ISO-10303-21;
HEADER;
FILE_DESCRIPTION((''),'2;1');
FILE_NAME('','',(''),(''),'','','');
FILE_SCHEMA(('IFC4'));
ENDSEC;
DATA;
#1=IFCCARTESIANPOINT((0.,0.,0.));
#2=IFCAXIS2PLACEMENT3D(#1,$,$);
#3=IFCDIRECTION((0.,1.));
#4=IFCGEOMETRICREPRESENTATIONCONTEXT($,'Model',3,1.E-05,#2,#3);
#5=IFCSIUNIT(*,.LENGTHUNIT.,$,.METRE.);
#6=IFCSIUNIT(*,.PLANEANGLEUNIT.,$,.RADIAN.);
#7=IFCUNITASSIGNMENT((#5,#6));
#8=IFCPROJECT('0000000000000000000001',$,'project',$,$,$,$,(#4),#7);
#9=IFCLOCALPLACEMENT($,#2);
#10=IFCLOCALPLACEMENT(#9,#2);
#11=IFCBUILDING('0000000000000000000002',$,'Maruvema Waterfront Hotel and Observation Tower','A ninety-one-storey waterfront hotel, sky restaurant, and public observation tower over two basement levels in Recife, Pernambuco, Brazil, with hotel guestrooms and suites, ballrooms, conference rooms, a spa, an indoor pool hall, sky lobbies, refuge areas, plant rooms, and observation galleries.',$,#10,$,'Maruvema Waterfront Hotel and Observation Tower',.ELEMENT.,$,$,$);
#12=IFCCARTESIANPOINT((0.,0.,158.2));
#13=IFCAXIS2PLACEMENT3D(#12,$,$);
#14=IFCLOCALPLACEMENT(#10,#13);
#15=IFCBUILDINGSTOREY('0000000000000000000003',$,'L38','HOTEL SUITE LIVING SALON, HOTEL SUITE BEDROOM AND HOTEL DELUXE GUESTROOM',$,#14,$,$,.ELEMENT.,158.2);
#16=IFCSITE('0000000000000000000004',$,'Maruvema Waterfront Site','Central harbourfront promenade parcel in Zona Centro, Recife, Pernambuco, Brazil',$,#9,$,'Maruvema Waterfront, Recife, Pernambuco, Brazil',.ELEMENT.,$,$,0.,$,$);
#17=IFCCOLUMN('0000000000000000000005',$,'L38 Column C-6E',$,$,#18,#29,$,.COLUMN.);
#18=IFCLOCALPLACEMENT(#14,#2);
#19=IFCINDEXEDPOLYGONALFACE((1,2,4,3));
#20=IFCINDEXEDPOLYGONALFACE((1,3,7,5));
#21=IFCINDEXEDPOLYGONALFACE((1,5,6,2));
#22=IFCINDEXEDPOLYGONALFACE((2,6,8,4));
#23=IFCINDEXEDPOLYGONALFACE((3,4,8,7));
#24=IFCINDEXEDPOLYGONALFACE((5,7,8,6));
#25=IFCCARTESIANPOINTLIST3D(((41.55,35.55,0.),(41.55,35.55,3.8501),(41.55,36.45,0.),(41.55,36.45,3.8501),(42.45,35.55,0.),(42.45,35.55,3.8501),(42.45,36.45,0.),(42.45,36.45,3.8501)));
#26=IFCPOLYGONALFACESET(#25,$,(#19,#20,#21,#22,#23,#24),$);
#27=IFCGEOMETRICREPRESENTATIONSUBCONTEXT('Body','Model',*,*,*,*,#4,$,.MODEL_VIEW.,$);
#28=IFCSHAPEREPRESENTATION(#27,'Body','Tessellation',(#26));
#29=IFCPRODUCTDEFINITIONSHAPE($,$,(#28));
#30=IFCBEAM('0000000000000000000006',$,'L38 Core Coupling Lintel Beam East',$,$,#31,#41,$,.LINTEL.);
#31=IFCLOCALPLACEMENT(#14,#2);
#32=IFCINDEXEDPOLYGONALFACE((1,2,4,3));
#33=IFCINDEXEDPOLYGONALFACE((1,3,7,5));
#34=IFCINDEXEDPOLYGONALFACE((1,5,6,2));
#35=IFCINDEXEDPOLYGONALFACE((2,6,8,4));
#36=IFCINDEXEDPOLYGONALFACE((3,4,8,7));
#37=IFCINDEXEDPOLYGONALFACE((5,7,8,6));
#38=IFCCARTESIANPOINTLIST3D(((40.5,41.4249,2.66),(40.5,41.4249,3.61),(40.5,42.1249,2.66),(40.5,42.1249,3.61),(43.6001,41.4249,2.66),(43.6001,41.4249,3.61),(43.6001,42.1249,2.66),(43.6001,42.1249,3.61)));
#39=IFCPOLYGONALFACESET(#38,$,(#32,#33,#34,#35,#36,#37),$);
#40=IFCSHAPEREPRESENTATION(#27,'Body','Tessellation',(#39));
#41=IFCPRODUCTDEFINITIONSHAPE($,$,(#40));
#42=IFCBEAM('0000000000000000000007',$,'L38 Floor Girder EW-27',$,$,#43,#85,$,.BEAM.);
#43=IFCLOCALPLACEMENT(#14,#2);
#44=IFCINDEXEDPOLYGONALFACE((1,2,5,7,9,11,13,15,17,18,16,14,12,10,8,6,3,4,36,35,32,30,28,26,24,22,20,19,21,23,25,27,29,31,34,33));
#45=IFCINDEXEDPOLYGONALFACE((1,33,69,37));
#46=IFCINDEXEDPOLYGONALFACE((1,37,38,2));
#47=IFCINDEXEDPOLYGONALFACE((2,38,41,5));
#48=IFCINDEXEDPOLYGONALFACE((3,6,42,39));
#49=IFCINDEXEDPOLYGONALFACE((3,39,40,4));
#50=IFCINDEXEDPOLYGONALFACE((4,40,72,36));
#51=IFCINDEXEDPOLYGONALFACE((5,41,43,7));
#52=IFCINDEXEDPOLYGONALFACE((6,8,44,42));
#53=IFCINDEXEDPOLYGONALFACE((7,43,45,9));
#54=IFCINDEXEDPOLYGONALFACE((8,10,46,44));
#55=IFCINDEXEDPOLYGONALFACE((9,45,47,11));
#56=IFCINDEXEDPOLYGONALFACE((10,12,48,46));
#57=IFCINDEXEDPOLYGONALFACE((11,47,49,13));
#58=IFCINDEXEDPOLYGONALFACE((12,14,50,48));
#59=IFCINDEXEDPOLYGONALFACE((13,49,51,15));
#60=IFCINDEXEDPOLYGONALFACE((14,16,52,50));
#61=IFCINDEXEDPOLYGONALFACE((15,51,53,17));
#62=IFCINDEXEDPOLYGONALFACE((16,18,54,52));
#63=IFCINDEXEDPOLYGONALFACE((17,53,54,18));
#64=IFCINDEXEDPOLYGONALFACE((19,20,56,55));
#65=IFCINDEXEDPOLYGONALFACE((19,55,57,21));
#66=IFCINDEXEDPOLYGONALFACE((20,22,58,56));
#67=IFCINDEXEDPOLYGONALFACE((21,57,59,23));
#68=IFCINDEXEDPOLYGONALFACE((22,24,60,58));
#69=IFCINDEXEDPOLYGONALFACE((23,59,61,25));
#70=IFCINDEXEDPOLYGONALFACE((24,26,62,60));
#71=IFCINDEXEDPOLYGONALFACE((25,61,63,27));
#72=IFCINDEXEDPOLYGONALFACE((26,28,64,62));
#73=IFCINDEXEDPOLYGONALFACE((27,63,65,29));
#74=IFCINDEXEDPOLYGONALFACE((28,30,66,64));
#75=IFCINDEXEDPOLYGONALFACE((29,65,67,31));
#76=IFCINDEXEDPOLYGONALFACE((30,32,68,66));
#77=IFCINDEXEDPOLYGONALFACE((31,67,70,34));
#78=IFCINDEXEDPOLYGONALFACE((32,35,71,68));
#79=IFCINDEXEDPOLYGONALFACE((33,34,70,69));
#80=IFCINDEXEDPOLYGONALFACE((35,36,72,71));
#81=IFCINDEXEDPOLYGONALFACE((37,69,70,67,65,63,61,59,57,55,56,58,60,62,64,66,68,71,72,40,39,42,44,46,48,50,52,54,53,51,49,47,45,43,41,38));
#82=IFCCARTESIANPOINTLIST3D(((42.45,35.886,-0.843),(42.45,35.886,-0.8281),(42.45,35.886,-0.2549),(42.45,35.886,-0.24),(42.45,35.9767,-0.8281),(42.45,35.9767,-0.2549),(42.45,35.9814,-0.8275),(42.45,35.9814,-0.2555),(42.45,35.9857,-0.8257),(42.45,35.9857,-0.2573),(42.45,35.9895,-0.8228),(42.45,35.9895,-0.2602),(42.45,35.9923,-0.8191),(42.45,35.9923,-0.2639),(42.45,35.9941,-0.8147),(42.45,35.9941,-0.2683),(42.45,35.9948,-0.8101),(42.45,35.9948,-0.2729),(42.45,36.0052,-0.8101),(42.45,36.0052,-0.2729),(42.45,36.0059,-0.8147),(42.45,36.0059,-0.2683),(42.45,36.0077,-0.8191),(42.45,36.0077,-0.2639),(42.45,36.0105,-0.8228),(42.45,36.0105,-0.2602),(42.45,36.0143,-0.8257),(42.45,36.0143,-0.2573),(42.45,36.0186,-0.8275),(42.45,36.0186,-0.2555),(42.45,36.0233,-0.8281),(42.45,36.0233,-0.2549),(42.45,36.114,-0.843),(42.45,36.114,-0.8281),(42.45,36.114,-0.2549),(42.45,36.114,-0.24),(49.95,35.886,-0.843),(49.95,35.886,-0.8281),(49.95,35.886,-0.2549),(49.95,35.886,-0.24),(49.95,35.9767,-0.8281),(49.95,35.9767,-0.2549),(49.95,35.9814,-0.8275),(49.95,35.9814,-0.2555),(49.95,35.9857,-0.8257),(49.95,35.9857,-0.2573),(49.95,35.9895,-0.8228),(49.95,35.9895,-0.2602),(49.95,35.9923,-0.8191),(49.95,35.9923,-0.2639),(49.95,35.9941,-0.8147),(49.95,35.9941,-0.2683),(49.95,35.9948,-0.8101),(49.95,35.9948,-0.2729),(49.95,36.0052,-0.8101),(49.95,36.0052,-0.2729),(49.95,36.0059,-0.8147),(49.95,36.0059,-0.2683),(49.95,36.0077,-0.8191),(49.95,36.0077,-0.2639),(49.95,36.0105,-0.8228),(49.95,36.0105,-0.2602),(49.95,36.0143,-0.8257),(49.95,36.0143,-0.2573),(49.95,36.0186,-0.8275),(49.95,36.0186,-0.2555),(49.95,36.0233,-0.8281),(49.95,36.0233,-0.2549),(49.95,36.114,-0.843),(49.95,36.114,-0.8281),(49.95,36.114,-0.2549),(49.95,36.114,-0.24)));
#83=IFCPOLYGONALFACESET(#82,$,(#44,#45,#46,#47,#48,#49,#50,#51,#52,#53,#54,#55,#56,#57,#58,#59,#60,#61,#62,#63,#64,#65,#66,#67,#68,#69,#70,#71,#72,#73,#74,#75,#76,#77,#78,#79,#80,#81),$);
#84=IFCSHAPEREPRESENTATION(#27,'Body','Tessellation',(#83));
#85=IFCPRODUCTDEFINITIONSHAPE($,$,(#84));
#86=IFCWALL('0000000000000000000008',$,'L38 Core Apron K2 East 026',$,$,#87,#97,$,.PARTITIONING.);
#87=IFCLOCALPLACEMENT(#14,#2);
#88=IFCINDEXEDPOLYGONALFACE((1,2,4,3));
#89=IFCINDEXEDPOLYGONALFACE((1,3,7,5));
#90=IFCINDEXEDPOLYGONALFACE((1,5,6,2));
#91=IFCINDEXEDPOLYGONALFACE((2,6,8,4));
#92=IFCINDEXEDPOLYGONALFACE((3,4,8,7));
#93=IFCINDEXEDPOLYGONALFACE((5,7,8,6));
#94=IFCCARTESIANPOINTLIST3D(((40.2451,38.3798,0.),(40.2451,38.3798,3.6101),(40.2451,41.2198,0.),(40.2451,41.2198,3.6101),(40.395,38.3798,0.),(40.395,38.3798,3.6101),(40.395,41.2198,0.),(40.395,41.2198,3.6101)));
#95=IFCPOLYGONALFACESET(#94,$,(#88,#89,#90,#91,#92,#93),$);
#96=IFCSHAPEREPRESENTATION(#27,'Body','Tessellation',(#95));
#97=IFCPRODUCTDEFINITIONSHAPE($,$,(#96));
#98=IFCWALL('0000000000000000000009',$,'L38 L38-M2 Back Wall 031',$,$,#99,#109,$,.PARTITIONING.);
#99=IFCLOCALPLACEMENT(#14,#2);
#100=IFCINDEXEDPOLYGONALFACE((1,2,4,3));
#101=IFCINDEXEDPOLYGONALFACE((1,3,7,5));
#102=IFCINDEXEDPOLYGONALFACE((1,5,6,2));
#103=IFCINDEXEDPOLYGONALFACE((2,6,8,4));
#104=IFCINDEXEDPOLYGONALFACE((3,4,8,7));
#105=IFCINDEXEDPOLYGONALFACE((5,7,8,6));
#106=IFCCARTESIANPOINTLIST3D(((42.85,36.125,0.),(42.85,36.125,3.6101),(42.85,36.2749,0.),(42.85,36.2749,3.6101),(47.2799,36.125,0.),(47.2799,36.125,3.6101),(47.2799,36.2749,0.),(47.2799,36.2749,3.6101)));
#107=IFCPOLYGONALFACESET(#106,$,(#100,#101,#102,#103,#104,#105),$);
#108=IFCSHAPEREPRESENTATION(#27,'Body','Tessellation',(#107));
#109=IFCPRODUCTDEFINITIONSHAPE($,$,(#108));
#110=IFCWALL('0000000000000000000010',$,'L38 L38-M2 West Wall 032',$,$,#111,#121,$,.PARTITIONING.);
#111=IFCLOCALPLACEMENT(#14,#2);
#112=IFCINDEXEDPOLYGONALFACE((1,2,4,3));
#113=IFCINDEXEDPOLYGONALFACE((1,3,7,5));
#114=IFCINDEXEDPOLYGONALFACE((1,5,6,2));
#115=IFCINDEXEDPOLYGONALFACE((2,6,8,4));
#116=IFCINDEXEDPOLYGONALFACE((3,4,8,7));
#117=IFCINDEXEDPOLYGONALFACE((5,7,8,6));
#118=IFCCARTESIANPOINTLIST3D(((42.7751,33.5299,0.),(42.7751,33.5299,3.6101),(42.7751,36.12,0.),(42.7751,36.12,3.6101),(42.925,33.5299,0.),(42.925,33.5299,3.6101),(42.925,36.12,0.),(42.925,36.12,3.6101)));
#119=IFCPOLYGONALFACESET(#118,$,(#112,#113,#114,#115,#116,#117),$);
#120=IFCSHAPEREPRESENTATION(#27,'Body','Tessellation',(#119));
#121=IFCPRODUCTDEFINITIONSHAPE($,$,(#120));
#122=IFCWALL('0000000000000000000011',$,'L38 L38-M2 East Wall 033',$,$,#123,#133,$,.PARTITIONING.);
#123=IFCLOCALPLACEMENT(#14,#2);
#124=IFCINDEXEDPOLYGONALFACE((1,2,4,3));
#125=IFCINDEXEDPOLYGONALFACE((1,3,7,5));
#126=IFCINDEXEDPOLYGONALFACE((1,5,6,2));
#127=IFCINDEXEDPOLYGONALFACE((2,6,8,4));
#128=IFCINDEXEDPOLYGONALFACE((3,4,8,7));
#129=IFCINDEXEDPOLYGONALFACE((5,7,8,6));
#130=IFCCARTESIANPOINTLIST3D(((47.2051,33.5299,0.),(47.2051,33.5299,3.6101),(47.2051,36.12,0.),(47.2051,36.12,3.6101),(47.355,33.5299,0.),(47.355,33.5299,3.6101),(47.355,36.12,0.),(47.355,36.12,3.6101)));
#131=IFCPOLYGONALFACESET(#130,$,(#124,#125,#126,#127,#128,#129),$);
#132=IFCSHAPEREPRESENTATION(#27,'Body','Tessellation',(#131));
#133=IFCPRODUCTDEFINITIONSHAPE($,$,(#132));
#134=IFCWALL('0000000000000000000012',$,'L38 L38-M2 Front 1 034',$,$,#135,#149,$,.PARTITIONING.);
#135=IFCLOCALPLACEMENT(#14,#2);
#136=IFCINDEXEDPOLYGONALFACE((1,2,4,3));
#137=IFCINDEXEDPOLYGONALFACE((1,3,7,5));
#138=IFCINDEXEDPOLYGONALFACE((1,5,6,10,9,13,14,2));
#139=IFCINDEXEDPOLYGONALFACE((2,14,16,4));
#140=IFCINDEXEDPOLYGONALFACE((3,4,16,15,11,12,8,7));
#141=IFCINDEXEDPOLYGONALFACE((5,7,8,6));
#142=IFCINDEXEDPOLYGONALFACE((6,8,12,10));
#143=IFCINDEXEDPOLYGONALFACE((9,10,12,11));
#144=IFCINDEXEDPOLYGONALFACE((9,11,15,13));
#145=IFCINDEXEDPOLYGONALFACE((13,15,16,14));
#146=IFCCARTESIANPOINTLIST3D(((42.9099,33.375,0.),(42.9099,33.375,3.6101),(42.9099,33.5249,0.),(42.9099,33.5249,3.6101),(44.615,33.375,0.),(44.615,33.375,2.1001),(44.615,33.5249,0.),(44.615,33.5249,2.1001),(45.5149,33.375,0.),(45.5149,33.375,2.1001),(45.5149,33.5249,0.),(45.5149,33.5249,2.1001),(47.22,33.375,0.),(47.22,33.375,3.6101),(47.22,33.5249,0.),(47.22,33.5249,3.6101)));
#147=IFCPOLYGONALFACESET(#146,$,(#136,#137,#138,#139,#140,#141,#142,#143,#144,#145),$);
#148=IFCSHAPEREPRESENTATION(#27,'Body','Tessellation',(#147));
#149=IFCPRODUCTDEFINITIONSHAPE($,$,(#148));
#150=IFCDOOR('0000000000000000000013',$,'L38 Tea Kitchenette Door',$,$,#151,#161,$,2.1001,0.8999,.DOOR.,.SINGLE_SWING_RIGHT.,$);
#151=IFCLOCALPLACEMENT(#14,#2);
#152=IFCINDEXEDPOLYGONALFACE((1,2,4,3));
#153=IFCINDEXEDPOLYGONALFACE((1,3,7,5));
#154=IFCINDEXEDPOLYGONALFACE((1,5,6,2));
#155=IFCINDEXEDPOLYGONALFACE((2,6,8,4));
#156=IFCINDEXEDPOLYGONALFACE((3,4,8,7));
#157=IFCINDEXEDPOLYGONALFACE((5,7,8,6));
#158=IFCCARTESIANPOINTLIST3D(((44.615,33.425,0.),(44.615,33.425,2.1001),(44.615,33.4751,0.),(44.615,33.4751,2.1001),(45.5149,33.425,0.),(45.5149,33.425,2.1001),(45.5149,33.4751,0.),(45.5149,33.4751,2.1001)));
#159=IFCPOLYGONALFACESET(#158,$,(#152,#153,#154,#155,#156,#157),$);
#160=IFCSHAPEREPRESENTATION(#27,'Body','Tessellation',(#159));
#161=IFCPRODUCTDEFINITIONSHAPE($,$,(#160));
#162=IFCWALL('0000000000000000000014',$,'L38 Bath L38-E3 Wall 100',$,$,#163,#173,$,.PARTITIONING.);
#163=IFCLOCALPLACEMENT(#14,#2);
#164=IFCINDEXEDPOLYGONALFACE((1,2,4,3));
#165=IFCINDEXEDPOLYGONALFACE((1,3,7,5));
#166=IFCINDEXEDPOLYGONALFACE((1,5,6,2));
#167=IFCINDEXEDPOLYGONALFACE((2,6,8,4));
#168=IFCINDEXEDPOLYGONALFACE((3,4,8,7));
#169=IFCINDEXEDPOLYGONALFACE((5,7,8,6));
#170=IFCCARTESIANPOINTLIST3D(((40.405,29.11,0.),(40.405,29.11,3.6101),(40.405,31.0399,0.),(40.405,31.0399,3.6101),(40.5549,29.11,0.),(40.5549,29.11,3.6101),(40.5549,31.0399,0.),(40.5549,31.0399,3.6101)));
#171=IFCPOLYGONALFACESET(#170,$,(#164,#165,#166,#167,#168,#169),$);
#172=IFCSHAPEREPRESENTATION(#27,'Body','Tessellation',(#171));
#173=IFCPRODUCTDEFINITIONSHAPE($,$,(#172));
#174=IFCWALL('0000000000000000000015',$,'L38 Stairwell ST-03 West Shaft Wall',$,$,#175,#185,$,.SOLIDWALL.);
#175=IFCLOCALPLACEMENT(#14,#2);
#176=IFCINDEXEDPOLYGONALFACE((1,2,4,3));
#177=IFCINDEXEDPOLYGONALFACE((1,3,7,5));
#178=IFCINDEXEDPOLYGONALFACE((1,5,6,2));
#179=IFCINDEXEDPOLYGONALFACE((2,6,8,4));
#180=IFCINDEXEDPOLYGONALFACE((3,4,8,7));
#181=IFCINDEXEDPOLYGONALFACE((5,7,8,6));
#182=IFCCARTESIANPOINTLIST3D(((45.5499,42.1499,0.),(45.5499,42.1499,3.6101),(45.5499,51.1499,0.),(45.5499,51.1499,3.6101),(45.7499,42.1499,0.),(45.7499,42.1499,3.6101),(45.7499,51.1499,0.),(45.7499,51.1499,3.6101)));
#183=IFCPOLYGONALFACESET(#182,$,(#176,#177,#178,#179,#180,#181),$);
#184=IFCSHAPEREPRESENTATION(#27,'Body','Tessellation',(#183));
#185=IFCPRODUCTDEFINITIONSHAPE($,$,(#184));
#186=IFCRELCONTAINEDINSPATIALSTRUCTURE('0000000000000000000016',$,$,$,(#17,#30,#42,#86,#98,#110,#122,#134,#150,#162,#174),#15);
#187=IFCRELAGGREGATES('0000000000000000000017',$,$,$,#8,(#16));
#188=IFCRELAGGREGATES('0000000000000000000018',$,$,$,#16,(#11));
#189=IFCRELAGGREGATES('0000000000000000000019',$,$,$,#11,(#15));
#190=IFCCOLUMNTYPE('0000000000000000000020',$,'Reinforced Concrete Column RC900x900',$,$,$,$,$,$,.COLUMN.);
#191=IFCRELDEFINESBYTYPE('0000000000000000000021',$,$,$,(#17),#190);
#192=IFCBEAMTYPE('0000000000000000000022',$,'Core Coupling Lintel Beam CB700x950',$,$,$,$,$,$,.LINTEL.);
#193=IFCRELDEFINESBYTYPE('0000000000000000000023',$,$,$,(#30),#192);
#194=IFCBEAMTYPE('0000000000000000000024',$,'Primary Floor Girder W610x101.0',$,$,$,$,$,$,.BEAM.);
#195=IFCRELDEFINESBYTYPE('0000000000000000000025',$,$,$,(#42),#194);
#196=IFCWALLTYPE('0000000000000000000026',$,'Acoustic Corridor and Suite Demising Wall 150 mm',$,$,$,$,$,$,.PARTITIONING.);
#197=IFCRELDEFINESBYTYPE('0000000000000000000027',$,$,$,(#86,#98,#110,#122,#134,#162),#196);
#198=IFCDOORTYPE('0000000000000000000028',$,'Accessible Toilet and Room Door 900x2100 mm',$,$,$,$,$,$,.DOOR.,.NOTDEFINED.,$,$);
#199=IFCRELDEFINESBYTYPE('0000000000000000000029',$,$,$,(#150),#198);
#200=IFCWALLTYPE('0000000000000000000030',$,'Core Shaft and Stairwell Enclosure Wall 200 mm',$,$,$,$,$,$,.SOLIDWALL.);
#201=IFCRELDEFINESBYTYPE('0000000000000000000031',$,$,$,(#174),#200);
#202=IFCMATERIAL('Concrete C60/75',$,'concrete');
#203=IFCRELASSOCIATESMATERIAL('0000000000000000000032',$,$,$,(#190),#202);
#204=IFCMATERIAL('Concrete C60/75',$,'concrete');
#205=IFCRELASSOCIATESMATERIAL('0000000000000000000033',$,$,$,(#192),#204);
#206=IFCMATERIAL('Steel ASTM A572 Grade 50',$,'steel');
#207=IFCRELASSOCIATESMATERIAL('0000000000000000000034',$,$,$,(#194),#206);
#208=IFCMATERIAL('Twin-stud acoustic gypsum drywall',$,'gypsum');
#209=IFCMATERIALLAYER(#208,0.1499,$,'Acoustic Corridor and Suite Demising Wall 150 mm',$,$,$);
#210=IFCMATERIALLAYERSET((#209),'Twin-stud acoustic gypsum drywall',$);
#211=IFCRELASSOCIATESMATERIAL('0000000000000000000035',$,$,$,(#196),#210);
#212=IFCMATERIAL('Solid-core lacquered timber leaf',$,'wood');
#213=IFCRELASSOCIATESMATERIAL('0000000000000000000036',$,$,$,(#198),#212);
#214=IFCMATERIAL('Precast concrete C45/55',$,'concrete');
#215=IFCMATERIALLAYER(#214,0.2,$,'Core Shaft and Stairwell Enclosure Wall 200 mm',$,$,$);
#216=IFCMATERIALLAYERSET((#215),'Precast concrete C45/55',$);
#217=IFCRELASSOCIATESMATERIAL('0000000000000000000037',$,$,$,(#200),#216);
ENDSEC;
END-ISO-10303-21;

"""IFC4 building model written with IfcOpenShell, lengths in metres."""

from ifc_helpers import new_model, si_unit, direction, frame, frame_2d, origin, origin_2d, place, context, subcontext, project, spatial, rectangle, i_section, extrude, material, layer, layer_set, material_profile, profile_set, type_object, element, fill, save


model = new_model("IFC4")

# Units and contexts
model_context = context("Model", 3, precision=1e-05, world=origin(), true_north=direction((0.0, 1.0)))
body_context = subcontext(model_context, "Body", "Model", "MODEL_VIEW")
ifc_project = project(units=[si_unit("LENGTHUNIT", "METRE"), si_unit("PLANEANGLEUNIT", "RADIAN")], contexts=[model_context])

# Site, building, storey
site_placement = place(None, origin())
site = spatial("IfcSite", under=ifc_project, at=site_placement, Name="Maruvema Waterfront Site", Description="Central harbourfront promenade parcel in Zona Centro, Recife, Pernambuco, Brazil", LongName="Maruvema Waterfront, Recife, Pernambuco, Brazil", CompositionType="ELEMENT", RefElevation=0.0)
building_placement = place(site_placement, origin())
building = spatial("IfcBuilding", under=site, at=building_placement, Name="Maruvema Waterfront Hotel and Observation Tower", Description="A ninety-one-storey waterfront hotel, sky restaurant, and public observation tower over two basement levels in Recife, Pernambuco, Brazil, with hotel guestrooms and suites, ballrooms, conference rooms, a spa, an indoor pool hall, sky lobbies, refuge areas, plant rooms, and observation galleries.", LongName="Maruvema Waterfront Hotel and Observation Tower", CompositionType="ELEMENT")
storey_placement = place(building_placement, frame((0.0, 0.0, 158.2)))
storey = spatial("IfcBuildingStorey", under=building, at=storey_placement, Name="L38", Description="HOTEL SUITE LIVING SALON, HOTEL SUITE BEDROOM AND HOTEL DELUXE GUESTROOM", CompositionType="ELEMENT", Elevation=158.2)

# Column
ifc_material_1 = material(Name="Concrete C60/75", Category="concrete")
ifc_material_profile_1 = material_profile(ifc_material_1, rectangle(XDim=0.8999, YDim=0.8999, at=origin_2d()), Name="RC900x900")
ifc_profile_set_1 = profile_set([ifc_material_profile_1], Name="Concrete C60/75")
column_type = type_object("IfcColumnType", Name="Reinforced Concrete Column RC900x900", PredefinedType="COLUMN", material=ifc_profile_set_1)
column_placement = place(storey_placement, frame((42.0, 36.0, 0.0), z_axis=(0.0, 0.0, 1.0), x_axis=(1.0, 0.0, 0.0)))
element("IfcColumn", 1, at=column_placement, inside=storey, type_object=column_type, Name="L38 Column C-6E", PredefinedType="COLUMN", context=body_context, shape_type="SweptSolid", body=[
    extrude(rectangle(XDim=0.8999, YDim=0.8999, at=origin_2d()), origin(), (0.0, 0.0, 1.0), 3.8501),
])

# Beams
ifc_material_2 = material(Name="Concrete C60/75", Category="concrete")
ifc_material_profile_2 = material_profile(ifc_material_2, rectangle(XDim=0.7, YDim=0.95, at=origin_2d()), Name="CB700x950")
ifc_profile_set_2 = profile_set([ifc_material_profile_2], Name="Concrete C60/75")
beam_type_1 = type_object("IfcBeamType", Name="Core Coupling Lintel Beam CB700x950", PredefinedType="LINTEL", material=ifc_profile_set_2)
beam_1_placement = place(storey_placement, frame((40.5, 41.7749, 3.135), z_axis=(1.0, 0.0, 0.0), x_axis=(0.0, 1.0, 0.0)))
element("IfcBeam", 2, at=beam_1_placement, inside=storey, type_object=beam_type_1, Name="L38 Core Coupling Lintel Beam East", PredefinedType="LINTEL", context=body_context, shape_type="SweptSolid", body=[
    extrude(rectangle(XDim=0.7, YDim=0.95, at=origin_2d()), origin(), (0.0, 0.0, 1.0), 3.1001),
])
ifc_material_3 = material(Name="Steel ASTM A572 Grade 50", Category="steel")
ifc_material_profile_3 = material_profile(ifc_material_3, i_section(OverallWidth=0.228, OverallDepth=0.603, WebThickness=0.0105, FlangeThickness=0.0149, FilletRadius=0.0181, at=origin_2d()), Name="W610x101.0")
ifc_profile_set_3 = profile_set([ifc_material_profile_3], Name="Steel ASTM A572 Grade 50")
beam_type_2 = type_object("IfcBeamType", Name="Primary Floor Girder W610x101.0", PredefinedType="BEAM", material=ifc_profile_set_3)
beam_2_placement = place(storey_placement, frame((42.45, 36.0, -0.5415), z_axis=(1.0, 0.0, 0.0), x_axis=(0.0, 1.0, 0.0)))
element("IfcBeam", 3, at=beam_2_placement, inside=storey, type_object=beam_type_2, Name="L38 Floor Girder EW-27", PredefinedType="BEAM", context=body_context, shape_type="SweptSolid", body=[
    extrude(i_section(OverallWidth=0.228, OverallDepth=0.603, WebThickness=0.0105, FlangeThickness=0.0149, FilletRadius=0.0181, at=origin_2d()), origin(), (0.0, 0.0, 1.0), 7.5),
])

# Walls
ifc_material_4 = material(Name="Twin-stud acoustic gypsum drywall", Category="gypsum")
ifc_layer_1 = layer(ifc_material_4, 0.1499, Name="Acoustic Corridor and Suite Demising Wall 150 mm")
ifc_layer_set_1 = layer_set([ifc_layer_1], Name="Twin-stud acoustic gypsum drywall")
wall_type_1 = type_object("IfcWallType", Name="Acoustic Corridor and Suite Demising Wall 150 mm", PredefinedType="PARTITIONING", material=ifc_layer_set_1)
wall_1_placement = place(storey_placement, frame((40.3201, 38.3799, 0.0), z_axis=(0.0, 0.0, 1.0), x_axis=(0.0, 1.0, 0.0)))
element("IfcWall", 4, at=wall_1_placement, inside=storey, type_object=wall_type_1, Name="L38 Core Apron K2 East 026", PredefinedType="PARTITIONING", context=body_context, shape_type="SweptSolid", body=[
    extrude(rectangle(XDim=2.8401, YDim=0.1499, at=frame_2d((1.4199, 0.0))), origin(), (0.0, 0.0, 1.0), 3.6101),
])
wall_2_placement = place(storey_placement, frame((42.8501, 36.2, 0.0), z_axis=(0.0, 0.0, 1.0), x_axis=(1.0, 0.0, 0.0)))
element("IfcWall", 5, at=wall_2_placement, inside=storey, type_object=wall_type_1, Name="L38 L38-M2 Back Wall 031", PredefinedType="PARTITIONING", context=body_context, shape_type="SweptSolid", body=[
    extrude(rectangle(XDim=4.4299, YDim=0.1499, at=frame_2d((2.2148, 0.0))), origin(), (0.0, 0.0, 1.0), 3.6101),
])
for number, where, z_axis, x_axis, name in (
    (6, (42.8501, 33.53, 0.0), (0.0, 0.0, 1.0), (0.0, 1.0, 0.0), "L38 L38-M2 West Wall 032"),
    (7, (47.28, 33.53, 0.0), (0.0, 0.0, 1.0), (0.0, 1.0, 0.0), "L38 L38-M2 East Wall 033"),
):
    element("IfcWall", number, at=place(storey_placement, frame(where, z_axis=z_axis, x_axis=x_axis)), inside=storey, type_object=wall_type_1, Name=name, PredefinedType="PARTITIONING", context=body_context, shape_type="SweptSolid", body=[
        extrude(rectangle(XDim=2.5901, YDim=0.1499, at=frame_2d((1.2949, 0.0))), origin(), (0.0, 0.0, 1.0), 3.6101),
    ])

# Wall, opening, door
wall_3_placement = place(storey_placement, frame((42.9099, 33.45, 0.0), z_axis=(0.0, 0.0, 1.0), x_axis=(1.0, 0.0, 0.0)))
wall_3 = element("IfcWall", 8, at=wall_3_placement, inside=storey, type_object=wall_type_1, Name="L38 L38-M2 Front 1 034", PredefinedType="PARTITIONING", context=body_context, shape_type="SweptSolid", body=[
    extrude(rectangle(XDim=4.3101, YDim=0.1499, at=frame_2d((2.155, 0.0))), origin(), (0.0, 0.0, 1.0), 3.6101),
])
opening_1_placement = place(wall_3_placement, frame((1.7051, 0.0, 0.0)))
opening_1 = element("IfcOpeningElement", 9, at=opening_1_placement, cuts=wall_3, PredefinedType="OPENING", context=body_context, shape_type="SweptSolid", body=[
    extrude(rectangle(XDim=0.8999, YDim=2.1001, at=frame_2d((0.45, 1.05))), frame((0.0, 0.085, 0.0), z_axis=(0.0, -1.0, 0.0), x_axis=(1.0, 0.0, 0.0)), (0.0, 0.0, 1.0), 0.1699),
])
ifc_material_5 = material(Name="Solid-core lacquered timber leaf", Category="wood")
door_type_1 = type_object("IfcDoorType", Name="Accessible Toilet and Room Door 900x2100 mm", OperationType="NOTDEFINED", PredefinedType="DOOR", material=ifc_material_5)
door_1_placement = place(opening_1_placement, frame((0.8999, 0.0, 0.0), z_axis=(0.0, 0.0, 1.0), x_axis=(-1.0, 0.0, 0.0)))
door_1 = element("IfcDoor", 10, at=door_1_placement, inside=storey, type_object=door_type_1, Name="L38 Tea Kitchenette Door", OperationType="SINGLE_SWING_RIGHT", OverallHeight=2.1001, OverallWidth=0.8999, PredefinedType="DOOR", context=body_context, shape_type="SweptSolid", body=[
    extrude(rectangle(XDim=0.8999, YDim=2.1001, at=frame_2d((0.45, 1.05))), frame((0.0, 0.0249, 0.0), z_axis=(0.0, -1.0, 0.0), x_axis=(1.0, 0.0, 0.0)), (0.0, 0.0, 1.0), 0.05),
])
fill(opening_1, door_1)

# Walls
wall_4_placement = place(storey_placement, frame((40.48, 29.1101, 0.0), z_axis=(0.0, 0.0, 1.0), x_axis=(0.0, 1.0, 0.0)))
element("IfcWall", 11, at=wall_4_placement, inside=storey, type_object=wall_type_1, Name="L38 Bath L38-E3 Wall 100", PredefinedType="PARTITIONING", context=body_context, shape_type="SweptSolid", body=[
    extrude(rectangle(XDim=1.9299, YDim=0.1499, at=frame_2d((0.9648, 0.0))), origin(), (0.0, 0.0, 1.0), 3.6101),
])
ifc_material_6 = material(Name="Precast concrete C45/55", Category="concrete")
ifc_layer_2 = layer(ifc_material_6, 0.2, Name="Core Shaft and Stairwell Enclosure Wall 200 mm")
ifc_layer_set_2 = layer_set([ifc_layer_2], Name="Precast concrete C45/55")
wall_type_2 = type_object("IfcWallType", Name="Core Shaft and Stairwell Enclosure Wall 200 mm", PredefinedType="SOLIDWALL", material=ifc_layer_set_2)
wall_5_placement = place(storey_placement, frame((45.6499, 42.1499, 0.0), z_axis=(0.0, 0.0, 1.0), x_axis=(0.0, 1.0, 0.0)))
element("IfcWall", 12, at=wall_5_placement, inside=storey, type_object=wall_type_2, Name="L38 Stairwell ST-03 West Shaft Wall", PredefinedType="SOLIDWALL", context=body_context, shape_type="SweptSolid", body=[
    extrude(rectangle(XDim=9.0, YDim=0.2, at=frame_2d((4.5, 0.0))), origin(), (0.0, 0.0, 1.0), 3.6101),
])

save(model, "model.ifc")
